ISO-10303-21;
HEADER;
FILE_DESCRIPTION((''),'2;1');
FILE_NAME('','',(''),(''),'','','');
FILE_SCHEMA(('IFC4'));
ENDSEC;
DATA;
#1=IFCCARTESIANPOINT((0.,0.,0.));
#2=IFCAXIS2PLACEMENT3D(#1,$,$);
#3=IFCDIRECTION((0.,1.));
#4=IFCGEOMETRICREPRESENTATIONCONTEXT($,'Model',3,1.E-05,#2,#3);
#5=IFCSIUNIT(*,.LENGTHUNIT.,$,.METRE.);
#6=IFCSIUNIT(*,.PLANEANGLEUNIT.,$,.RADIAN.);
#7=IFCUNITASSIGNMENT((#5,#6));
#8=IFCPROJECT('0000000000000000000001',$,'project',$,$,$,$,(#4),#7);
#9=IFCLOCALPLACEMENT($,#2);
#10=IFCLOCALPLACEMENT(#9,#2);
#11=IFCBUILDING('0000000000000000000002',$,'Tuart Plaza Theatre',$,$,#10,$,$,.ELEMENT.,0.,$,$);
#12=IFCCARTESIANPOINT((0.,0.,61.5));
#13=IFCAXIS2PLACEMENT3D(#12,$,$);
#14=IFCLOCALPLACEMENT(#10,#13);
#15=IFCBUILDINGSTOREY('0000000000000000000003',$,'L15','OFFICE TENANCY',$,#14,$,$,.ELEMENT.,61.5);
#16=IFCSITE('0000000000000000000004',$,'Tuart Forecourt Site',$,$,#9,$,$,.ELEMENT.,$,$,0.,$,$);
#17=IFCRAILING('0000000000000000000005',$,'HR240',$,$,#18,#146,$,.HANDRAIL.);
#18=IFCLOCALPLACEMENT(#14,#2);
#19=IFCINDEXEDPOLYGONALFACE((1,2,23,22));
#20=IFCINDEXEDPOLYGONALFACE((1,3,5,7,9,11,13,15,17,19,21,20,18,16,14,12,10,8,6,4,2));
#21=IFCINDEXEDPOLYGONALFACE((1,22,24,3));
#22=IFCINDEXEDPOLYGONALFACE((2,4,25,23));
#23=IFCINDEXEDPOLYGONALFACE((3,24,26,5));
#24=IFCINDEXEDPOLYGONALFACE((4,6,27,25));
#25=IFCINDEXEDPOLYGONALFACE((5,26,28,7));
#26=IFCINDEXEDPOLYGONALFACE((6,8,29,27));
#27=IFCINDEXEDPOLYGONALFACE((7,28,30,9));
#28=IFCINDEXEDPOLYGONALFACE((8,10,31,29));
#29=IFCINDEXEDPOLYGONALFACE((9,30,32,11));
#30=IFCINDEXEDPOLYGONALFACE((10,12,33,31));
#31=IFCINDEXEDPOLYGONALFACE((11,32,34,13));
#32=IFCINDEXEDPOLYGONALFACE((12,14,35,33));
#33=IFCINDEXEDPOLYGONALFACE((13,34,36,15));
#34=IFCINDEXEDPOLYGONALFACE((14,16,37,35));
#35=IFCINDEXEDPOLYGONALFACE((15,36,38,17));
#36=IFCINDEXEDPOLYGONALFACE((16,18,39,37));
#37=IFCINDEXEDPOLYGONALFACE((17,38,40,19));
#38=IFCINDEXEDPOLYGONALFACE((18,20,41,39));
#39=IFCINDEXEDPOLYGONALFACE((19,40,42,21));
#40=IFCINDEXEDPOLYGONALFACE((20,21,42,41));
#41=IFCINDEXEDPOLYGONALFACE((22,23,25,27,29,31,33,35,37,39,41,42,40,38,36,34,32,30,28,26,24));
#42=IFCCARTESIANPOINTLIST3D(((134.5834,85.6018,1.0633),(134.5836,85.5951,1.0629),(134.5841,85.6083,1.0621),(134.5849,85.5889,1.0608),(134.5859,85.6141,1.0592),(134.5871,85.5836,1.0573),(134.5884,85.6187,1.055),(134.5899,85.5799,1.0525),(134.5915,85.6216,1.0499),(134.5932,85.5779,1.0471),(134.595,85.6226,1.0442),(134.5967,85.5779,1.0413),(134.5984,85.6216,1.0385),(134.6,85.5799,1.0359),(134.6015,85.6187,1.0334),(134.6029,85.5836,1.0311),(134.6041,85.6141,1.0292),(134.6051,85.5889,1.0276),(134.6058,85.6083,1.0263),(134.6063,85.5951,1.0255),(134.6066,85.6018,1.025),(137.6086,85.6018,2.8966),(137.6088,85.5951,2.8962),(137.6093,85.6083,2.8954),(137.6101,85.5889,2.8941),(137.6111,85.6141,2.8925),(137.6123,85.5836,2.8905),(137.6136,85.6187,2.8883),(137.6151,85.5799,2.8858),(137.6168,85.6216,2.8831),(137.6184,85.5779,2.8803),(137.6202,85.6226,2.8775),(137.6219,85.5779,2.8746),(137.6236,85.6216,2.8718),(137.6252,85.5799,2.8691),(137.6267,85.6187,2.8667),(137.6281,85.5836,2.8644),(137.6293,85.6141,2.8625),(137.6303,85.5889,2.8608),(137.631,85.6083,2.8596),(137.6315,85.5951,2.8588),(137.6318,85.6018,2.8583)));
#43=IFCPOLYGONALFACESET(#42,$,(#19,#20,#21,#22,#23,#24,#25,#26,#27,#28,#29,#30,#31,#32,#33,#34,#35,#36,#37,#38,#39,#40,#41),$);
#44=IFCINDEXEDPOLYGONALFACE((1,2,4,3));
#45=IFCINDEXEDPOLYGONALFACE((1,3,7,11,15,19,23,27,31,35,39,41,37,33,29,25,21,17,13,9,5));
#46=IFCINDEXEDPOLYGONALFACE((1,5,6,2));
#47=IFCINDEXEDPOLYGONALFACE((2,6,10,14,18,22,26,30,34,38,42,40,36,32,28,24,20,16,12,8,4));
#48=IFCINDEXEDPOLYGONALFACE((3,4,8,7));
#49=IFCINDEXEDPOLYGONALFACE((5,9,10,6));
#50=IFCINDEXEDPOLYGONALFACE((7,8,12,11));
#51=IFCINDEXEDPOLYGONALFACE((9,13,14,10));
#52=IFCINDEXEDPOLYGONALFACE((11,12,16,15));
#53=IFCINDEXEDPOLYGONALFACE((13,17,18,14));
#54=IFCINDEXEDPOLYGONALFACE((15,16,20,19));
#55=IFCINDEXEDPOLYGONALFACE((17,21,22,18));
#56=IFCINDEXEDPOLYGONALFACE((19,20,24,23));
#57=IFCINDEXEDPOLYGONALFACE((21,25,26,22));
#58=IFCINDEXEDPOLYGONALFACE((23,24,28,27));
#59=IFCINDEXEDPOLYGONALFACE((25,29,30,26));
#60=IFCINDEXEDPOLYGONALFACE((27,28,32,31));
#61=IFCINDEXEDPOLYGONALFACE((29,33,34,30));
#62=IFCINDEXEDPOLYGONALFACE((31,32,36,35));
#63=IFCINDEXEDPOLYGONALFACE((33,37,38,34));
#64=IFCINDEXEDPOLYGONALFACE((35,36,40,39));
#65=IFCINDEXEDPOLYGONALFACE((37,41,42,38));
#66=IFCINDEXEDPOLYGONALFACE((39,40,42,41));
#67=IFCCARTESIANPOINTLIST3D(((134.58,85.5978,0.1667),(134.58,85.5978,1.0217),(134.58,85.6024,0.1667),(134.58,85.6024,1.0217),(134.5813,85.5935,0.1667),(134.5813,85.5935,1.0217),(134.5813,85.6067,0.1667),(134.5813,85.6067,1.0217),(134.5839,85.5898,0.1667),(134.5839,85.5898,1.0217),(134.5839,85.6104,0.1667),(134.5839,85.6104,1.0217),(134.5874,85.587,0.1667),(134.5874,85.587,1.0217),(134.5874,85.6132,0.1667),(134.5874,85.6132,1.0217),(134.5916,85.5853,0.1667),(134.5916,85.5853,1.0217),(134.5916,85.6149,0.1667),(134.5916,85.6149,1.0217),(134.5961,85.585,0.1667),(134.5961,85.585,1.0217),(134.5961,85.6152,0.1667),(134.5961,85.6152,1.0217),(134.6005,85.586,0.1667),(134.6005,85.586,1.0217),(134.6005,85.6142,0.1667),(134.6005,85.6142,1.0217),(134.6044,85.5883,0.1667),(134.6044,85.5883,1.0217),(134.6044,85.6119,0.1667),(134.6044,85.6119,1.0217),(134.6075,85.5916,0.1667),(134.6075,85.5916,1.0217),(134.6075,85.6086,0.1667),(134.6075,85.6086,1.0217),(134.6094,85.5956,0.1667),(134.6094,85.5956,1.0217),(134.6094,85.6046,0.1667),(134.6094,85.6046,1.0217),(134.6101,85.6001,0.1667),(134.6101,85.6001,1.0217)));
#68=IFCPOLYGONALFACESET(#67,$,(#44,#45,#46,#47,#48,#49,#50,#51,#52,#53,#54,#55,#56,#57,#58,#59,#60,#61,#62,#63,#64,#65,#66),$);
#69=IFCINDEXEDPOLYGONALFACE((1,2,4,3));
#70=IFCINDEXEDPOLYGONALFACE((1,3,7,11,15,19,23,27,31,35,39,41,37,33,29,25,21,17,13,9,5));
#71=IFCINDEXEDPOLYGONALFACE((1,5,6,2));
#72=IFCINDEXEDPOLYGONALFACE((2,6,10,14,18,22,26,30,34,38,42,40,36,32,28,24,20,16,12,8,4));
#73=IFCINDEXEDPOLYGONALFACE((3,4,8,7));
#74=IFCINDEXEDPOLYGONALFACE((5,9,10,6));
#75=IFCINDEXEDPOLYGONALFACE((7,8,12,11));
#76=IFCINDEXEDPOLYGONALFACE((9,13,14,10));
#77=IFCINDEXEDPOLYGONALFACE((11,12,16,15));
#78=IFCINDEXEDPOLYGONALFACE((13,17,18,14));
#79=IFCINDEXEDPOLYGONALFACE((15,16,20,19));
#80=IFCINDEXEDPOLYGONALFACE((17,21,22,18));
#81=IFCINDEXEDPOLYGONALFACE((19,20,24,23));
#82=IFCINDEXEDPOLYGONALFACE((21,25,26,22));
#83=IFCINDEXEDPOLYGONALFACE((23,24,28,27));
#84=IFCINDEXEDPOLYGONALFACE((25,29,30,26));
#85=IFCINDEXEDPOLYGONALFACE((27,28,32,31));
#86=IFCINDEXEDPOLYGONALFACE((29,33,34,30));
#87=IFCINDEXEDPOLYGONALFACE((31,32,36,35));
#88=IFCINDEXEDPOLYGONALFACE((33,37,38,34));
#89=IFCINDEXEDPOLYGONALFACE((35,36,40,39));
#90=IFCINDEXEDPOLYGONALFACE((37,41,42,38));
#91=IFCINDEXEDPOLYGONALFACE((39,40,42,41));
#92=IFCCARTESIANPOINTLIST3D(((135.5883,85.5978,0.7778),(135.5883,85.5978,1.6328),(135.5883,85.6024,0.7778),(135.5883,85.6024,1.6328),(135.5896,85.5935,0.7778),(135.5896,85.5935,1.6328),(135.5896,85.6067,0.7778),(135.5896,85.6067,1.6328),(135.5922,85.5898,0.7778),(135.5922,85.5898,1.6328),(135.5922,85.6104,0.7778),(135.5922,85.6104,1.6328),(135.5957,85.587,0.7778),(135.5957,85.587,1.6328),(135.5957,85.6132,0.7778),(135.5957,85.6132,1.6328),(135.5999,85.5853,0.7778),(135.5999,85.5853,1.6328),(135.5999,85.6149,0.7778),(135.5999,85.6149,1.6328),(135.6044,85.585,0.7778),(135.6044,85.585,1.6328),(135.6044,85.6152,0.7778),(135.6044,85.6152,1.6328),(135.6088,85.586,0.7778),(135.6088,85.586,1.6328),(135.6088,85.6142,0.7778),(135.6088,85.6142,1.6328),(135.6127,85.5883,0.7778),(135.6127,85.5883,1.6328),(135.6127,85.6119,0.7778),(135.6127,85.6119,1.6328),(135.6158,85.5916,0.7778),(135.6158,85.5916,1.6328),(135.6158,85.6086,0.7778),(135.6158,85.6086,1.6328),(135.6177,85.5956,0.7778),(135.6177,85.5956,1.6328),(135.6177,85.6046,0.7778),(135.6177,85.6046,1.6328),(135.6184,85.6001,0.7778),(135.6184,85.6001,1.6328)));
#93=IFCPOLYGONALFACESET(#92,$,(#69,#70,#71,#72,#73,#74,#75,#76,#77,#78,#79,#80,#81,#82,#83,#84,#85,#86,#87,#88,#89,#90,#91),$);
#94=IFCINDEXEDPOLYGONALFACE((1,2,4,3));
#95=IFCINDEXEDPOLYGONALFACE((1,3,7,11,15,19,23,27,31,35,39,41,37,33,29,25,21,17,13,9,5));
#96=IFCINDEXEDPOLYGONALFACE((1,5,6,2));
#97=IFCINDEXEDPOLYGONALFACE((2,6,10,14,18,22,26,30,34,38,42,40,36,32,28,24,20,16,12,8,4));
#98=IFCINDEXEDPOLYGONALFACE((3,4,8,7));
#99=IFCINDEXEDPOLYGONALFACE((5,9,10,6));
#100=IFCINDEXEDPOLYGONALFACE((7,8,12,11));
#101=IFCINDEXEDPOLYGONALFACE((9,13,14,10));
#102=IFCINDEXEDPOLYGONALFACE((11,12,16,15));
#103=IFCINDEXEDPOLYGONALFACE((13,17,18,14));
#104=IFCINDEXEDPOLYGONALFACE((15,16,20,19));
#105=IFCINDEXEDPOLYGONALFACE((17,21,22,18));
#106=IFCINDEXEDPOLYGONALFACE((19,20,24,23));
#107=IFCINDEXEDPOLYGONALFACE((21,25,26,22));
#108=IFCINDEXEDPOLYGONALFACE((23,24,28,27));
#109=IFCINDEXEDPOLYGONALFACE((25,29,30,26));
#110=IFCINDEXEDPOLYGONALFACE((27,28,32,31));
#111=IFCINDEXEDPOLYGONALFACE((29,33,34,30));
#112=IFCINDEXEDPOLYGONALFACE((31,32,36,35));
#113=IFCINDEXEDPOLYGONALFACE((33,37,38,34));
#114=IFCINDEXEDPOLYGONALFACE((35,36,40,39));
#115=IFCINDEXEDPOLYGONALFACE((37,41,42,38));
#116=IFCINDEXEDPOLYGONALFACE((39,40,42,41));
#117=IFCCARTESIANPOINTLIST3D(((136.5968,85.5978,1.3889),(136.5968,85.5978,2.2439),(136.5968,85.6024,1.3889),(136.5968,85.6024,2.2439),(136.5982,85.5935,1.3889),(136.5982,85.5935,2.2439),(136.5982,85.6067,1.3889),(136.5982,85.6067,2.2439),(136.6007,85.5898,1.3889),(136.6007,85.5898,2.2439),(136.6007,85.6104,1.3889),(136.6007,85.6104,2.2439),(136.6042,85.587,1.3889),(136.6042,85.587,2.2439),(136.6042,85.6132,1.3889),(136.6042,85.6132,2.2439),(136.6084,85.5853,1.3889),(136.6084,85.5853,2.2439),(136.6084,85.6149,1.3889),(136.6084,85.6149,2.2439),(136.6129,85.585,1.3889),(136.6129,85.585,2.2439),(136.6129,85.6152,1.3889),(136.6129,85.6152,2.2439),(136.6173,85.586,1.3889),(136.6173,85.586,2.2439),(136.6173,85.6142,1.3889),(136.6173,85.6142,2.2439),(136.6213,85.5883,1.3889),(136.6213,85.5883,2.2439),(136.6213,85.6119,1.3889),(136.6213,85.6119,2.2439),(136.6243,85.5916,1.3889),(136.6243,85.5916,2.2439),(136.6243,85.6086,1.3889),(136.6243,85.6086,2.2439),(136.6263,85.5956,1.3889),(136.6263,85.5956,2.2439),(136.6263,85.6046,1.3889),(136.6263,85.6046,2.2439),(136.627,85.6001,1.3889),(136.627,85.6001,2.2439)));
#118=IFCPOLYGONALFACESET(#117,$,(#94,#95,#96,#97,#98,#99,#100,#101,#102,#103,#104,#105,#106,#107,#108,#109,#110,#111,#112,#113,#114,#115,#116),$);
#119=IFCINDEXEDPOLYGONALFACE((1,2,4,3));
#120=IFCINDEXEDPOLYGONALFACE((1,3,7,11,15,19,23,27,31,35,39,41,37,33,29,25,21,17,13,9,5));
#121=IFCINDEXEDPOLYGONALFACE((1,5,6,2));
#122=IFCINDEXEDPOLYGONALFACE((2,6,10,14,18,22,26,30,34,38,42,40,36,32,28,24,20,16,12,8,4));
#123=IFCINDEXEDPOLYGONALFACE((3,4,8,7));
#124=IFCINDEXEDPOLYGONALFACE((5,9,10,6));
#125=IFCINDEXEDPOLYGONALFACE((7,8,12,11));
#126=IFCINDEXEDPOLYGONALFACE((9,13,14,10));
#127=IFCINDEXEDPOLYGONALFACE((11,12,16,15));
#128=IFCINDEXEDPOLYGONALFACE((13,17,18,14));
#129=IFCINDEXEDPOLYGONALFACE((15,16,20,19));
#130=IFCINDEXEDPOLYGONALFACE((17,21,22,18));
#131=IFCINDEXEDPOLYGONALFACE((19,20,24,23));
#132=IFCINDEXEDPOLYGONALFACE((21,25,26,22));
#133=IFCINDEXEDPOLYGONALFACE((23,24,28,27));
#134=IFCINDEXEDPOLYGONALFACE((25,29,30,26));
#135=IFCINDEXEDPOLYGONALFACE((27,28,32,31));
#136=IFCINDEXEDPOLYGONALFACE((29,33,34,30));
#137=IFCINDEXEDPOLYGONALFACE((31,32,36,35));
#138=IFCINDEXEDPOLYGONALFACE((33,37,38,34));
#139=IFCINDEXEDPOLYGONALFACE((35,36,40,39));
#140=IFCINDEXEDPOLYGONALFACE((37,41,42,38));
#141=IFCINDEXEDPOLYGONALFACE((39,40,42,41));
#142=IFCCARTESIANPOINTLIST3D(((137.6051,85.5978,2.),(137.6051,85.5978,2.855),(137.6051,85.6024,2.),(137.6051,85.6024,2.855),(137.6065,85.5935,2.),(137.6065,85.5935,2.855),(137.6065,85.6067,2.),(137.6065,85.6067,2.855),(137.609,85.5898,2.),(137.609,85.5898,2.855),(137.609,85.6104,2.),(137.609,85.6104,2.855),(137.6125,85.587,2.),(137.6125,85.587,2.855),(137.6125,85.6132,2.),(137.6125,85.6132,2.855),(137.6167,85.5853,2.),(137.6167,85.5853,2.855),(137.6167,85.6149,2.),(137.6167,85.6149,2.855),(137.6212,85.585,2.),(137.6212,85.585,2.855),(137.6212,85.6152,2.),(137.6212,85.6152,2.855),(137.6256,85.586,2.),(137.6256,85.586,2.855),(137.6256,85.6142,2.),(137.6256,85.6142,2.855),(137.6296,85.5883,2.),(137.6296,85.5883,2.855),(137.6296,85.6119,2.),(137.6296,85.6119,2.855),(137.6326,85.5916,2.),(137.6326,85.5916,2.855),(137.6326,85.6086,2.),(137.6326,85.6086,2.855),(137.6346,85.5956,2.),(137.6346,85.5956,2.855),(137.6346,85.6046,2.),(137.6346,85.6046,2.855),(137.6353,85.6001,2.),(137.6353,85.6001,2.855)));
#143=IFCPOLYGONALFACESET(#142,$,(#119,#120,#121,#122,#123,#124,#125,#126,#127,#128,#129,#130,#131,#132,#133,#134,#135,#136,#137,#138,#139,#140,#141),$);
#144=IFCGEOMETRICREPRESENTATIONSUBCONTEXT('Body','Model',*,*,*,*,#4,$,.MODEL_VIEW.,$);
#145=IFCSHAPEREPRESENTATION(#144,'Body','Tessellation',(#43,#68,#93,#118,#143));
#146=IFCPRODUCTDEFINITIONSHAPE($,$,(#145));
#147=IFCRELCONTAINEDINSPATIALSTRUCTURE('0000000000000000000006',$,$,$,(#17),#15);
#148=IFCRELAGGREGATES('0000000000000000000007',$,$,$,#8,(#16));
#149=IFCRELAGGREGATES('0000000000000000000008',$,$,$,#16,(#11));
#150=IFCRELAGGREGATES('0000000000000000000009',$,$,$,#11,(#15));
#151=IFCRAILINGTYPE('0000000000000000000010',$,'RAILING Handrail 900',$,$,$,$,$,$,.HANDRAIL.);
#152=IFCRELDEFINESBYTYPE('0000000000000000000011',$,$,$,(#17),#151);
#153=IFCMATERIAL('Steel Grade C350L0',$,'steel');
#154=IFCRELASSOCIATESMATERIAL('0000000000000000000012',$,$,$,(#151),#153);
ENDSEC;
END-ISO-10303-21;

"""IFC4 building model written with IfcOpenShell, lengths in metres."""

from ifc_helpers import new_model, si_unit, direction, frame, origin, origin_2d, place, context, subcontext, project, spatial, circle, extrude, material, type_object, element, save


model = new_model("IFC4")

# Units and contexts
model_context = context("Model", 3, precision=1e-05, world=origin(), true_north=direction((0.0, 1.0)))
body_context = subcontext(model_context, "Body", "Model", "MODEL_VIEW")
ifc_project = project(units=[si_unit("LENGTHUNIT", "METRE"), si_unit("PLANEANGLEUNIT", "RADIAN")], contexts=[model_context])

# Site, building, storey
site_placement = place(None, origin())
site = spatial("IfcSite", under=ifc_project, at=site_placement, Name="Tuart Forecourt Site", CompositionType="ELEMENT", RefElevation=0.0)
building_placement = place(site_placement, origin())
building = spatial("IfcBuilding", under=site, at=building_placement, Name="Tuart Plaza Theatre", CompositionType="ELEMENT", ElevationOfRefHeight=0.0)
storey_placement = place(building_placement, frame((0.0, 0.0, 61.5)))
storey = spatial("IfcBuildingStorey", under=building, at=storey_placement, Name="L15", Description="OFFICE TENANCY", CompositionType="ELEMENT", Elevation=61.5)

# Railing
ifc_material_1 = material(Name="Steel Grade C350L0", Category="steel")
railing_type_1 = type_object("IfcRailingType", Name="RAILING Handrail 900", PredefinedType="HANDRAIL", material=ifc_material_1)
for number, where, name in (
    (1, (134.595, 85.6001, 0.1667), "HR240"),
):
    element("IfcRailing", number, at=place(storey_placement, frame(where)), inside=storey, type_object=railing_type_1, Name=name, PredefinedType="HANDRAIL", context=body_context, shape_type="SweptSolid", body=[
        extrude(circle(Radius=0.0225, at=origin_2d()), frame((0.0, 0.0, 0.8774), z_axis=(0.855219, 0.0, 0.518267), x_axis=(0.0, 1.0, 0.0)), (0.0, 0.0, 1.0), 3.5374),
        extrude(circle(Radius=0.0151, at=origin_2d()), origin(), (0.0, 0.0, 1.0), 0.855),
        extrude(circle(Radius=0.0151, at=origin_2d()), frame((1.0083, 0.0, 0.6111)), (0.0, 0.0, 1.0), 0.855),
        extrude(circle(Radius=0.0151, at=origin_2d()), frame((2.0168, 0.0, 1.2222)), (0.0, 0.0, 1.0), 0.855),
        extrude(circle(Radius=0.0151, at=origin_2d()), frame((3.0251, 0.0, 1.8333)), (0.0, 0.0, 1.0), 0.855),
    ])

save(model, "model.ifc")
